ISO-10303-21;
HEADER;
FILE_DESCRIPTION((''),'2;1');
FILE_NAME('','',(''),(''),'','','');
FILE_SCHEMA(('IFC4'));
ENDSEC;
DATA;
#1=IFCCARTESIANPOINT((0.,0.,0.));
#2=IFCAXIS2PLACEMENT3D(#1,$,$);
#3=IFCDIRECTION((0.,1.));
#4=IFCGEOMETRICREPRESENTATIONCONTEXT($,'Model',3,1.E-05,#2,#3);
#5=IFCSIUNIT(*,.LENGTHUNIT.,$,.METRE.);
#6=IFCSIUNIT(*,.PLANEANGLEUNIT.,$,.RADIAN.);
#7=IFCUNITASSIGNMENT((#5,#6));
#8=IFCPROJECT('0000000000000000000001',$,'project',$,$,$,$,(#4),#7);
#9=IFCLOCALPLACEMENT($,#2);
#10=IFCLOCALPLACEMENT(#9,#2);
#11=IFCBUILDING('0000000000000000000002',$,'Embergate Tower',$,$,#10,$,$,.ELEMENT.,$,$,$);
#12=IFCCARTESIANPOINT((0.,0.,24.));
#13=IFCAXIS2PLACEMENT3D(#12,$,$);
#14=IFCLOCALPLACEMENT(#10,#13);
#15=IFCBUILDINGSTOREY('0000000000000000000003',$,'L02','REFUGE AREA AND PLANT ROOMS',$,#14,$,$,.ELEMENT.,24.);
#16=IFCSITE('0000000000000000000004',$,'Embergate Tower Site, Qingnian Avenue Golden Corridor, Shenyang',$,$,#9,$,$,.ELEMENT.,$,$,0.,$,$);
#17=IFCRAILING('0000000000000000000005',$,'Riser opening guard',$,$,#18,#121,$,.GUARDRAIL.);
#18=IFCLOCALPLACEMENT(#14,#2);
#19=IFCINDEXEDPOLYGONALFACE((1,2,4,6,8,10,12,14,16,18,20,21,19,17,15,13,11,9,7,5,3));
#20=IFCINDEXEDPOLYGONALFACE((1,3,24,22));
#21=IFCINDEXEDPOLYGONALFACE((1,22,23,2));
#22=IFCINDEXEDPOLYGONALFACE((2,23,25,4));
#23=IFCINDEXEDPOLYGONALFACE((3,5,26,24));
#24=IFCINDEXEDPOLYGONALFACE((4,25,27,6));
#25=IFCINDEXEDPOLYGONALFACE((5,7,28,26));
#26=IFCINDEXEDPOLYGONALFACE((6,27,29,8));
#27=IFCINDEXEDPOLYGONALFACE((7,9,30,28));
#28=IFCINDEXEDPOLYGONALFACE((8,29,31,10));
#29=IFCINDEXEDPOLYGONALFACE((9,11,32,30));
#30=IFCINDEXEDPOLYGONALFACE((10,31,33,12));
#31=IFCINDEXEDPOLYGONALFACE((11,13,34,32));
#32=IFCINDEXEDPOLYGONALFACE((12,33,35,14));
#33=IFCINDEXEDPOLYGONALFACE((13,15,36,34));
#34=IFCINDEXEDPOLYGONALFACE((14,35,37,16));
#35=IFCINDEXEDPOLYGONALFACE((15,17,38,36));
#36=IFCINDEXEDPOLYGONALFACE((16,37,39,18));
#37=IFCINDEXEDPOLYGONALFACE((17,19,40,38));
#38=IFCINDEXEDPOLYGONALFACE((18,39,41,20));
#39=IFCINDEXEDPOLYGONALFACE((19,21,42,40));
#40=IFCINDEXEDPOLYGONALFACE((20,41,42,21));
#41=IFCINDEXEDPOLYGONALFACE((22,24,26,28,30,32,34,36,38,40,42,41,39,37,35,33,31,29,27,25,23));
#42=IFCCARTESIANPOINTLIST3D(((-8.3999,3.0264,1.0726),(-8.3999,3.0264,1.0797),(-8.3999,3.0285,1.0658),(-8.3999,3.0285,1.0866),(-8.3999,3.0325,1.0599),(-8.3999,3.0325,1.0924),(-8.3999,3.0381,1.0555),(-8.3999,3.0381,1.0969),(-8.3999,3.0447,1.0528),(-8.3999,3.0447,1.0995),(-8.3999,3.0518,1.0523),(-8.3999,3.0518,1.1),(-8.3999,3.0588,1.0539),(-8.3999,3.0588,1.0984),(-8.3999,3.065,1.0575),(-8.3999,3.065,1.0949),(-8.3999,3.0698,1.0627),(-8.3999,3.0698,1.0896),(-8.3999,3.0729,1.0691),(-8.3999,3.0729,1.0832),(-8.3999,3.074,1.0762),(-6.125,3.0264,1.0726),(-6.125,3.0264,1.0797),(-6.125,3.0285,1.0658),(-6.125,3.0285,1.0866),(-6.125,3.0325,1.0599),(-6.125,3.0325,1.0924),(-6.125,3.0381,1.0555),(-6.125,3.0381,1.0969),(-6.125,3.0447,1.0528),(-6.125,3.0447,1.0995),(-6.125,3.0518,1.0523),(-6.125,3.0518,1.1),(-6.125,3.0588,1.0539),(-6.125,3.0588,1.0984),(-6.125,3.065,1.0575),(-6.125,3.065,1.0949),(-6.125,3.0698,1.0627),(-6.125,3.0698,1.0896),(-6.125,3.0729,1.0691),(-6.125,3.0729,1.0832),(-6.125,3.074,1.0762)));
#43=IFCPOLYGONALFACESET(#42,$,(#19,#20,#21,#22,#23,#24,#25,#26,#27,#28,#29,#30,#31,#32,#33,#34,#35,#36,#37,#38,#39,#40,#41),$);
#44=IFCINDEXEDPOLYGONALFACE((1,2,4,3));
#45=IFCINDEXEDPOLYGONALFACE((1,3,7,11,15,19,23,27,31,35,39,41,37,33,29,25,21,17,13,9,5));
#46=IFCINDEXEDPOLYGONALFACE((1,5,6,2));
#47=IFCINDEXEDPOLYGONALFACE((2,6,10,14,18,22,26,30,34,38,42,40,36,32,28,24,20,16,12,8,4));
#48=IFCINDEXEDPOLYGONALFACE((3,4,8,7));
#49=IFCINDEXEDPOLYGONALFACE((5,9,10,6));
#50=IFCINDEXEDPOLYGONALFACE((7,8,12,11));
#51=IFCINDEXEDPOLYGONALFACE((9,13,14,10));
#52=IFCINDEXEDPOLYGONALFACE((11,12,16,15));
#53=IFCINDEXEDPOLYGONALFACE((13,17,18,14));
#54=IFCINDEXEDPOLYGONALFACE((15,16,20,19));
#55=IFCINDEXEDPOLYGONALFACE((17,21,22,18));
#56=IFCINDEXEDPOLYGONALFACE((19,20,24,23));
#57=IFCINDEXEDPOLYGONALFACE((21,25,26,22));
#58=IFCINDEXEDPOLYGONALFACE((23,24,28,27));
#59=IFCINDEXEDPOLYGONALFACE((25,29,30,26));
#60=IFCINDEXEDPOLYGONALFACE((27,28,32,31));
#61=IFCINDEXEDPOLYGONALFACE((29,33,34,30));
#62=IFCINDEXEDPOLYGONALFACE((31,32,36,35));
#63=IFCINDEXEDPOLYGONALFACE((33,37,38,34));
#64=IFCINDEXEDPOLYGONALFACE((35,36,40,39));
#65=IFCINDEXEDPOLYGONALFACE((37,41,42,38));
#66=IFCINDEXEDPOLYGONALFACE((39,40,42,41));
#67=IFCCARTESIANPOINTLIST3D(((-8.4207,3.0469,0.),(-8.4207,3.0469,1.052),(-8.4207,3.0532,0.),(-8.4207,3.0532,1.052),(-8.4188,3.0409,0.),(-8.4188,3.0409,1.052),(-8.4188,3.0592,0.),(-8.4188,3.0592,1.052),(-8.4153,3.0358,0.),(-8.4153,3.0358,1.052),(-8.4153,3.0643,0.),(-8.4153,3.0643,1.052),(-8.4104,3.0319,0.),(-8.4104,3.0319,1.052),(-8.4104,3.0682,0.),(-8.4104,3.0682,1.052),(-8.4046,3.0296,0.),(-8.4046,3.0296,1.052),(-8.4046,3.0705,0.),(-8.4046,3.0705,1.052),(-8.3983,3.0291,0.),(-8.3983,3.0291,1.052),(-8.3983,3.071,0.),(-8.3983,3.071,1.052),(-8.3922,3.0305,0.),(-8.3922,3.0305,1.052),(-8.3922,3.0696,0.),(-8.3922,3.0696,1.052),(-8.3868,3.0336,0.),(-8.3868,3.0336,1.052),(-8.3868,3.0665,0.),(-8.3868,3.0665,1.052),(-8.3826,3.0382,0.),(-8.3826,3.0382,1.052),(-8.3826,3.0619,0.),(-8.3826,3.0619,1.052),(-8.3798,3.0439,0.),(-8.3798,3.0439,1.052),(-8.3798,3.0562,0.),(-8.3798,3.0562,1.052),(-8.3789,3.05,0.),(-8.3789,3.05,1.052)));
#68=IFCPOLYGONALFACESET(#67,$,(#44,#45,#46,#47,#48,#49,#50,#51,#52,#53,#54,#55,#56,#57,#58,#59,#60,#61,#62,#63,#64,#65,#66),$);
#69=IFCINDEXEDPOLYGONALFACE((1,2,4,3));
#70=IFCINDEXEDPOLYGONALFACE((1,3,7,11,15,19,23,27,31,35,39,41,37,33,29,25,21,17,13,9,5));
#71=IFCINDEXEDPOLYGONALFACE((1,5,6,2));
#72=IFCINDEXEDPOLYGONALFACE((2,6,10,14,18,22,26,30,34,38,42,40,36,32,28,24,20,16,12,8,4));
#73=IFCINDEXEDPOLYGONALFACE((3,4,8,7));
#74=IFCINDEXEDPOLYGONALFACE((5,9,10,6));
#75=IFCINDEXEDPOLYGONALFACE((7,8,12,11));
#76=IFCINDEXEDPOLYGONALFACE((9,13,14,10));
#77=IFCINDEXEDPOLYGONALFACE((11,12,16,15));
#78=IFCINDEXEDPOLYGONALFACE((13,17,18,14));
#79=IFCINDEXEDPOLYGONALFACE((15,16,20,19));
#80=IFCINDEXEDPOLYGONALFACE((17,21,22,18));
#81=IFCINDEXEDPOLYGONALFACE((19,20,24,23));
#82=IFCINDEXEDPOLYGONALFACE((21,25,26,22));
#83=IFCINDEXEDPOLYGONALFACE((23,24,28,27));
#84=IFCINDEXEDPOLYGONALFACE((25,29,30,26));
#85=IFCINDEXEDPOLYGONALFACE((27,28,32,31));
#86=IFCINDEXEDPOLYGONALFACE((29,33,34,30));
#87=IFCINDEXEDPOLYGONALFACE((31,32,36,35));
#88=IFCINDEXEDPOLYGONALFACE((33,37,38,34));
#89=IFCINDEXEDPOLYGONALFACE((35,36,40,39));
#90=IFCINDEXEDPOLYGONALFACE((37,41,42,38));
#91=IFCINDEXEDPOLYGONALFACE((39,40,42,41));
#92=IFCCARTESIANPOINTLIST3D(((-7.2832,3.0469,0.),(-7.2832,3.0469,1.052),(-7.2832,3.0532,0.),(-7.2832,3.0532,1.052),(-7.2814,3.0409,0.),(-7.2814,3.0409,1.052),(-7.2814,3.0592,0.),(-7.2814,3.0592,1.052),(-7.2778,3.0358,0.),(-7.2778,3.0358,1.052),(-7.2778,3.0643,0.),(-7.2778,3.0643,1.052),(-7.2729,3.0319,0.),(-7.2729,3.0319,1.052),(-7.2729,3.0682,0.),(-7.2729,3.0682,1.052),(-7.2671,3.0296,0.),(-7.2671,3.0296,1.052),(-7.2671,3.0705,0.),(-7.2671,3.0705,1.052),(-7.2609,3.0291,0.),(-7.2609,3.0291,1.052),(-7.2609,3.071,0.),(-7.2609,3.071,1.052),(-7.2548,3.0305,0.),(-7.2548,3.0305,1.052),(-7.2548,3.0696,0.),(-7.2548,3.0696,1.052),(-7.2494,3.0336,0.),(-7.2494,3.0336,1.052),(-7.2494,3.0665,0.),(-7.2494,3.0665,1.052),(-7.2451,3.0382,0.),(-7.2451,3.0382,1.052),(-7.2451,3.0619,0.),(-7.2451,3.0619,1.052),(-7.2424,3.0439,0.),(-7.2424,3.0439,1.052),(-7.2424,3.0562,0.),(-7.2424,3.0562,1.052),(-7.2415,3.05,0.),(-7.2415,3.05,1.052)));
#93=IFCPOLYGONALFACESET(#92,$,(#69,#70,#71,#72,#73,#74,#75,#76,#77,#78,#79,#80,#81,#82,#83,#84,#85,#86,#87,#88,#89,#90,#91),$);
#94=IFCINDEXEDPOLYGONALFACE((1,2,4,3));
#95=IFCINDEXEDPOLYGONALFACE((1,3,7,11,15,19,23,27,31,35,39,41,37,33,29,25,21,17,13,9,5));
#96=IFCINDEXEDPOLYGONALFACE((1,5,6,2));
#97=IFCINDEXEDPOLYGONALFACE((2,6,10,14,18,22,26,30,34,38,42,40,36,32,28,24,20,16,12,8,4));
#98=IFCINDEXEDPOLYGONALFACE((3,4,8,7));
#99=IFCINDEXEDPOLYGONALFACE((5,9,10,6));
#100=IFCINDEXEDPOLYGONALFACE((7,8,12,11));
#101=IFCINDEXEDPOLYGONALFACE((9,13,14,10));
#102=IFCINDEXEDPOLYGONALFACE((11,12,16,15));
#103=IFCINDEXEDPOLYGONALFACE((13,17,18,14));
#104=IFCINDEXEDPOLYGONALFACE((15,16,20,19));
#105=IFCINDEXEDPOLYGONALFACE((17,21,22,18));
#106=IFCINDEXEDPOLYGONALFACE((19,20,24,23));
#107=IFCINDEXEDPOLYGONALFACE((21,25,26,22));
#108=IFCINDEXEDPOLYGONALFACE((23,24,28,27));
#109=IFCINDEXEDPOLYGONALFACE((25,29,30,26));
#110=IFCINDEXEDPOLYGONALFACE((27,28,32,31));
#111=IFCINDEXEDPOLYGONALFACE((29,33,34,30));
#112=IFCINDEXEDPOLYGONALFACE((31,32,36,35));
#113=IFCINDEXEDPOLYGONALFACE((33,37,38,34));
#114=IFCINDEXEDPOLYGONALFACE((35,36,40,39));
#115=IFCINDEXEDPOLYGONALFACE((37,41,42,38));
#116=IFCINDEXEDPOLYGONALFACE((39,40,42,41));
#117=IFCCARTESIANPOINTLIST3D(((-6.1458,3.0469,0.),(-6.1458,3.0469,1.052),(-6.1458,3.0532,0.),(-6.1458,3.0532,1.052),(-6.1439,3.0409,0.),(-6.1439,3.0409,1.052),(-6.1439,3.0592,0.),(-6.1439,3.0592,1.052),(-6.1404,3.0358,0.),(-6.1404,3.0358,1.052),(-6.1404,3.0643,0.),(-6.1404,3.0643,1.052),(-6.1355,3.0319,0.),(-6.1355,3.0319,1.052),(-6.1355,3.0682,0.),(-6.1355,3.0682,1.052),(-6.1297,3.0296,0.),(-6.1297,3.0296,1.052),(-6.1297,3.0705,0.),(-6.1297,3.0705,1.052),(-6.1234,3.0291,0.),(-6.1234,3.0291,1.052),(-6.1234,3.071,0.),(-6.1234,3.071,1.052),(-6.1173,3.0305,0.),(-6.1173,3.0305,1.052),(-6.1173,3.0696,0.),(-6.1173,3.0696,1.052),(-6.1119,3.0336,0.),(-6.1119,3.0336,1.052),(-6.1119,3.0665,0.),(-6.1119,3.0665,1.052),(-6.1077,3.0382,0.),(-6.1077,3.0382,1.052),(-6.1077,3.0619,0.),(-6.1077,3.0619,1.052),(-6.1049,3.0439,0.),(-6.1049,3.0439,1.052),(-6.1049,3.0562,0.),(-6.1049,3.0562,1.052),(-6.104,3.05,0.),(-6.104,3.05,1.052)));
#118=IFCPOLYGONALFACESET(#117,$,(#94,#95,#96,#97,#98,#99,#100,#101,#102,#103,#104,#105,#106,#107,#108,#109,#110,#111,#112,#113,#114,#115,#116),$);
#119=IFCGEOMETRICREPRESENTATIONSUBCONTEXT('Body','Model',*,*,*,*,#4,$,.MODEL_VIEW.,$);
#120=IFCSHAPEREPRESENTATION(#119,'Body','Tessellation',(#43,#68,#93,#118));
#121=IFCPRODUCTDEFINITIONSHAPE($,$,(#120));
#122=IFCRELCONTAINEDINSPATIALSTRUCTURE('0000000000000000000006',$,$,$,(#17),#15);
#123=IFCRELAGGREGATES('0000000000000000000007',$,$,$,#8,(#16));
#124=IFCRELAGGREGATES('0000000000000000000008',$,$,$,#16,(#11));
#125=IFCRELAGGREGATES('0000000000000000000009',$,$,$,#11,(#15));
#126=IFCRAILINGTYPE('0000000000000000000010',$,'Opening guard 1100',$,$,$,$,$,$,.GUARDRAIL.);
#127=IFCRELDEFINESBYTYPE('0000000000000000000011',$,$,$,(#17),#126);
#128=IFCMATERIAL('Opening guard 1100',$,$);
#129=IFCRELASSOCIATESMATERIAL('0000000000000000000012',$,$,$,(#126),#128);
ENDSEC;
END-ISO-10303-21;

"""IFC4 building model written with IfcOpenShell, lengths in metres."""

from ifc_helpers import new_model, si_unit, direction, frame, origin, origin_2d, place, context, subcontext, project, spatial, circle, extrude, source, transform, mapped, material, type_object, element, save


model = new_model("IFC4")

# Units and contexts
model_context = context("Model", 3, precision=1e-05, world=origin(), true_north=direction((0.0, 1.0)))
body_context = subcontext(model_context, "Body", "Model", "MODEL_VIEW")
ifc_project = project(units=[si_unit("LENGTHUNIT", "METRE"), si_unit("PLANEANGLEUNIT", "RADIAN")], contexts=[model_context])

# Site, building, storey
site_placement = place(None, origin())
site = spatial("IfcSite", under=ifc_project, at=site_placement, Name="Embergate Tower Site, Qingnian Avenue Golden Corridor, Shenyang", CompositionType="ELEMENT", RefElevation=0.0)
building_placement = place(site_placement, origin())
building = spatial("IfcBuilding", under=site, at=building_placement, Name="Embergate Tower", CompositionType="ELEMENT")
storey_placement = place(building_placement, frame((0.0, 0.0, 24.0)))
storey = spatial("IfcBuildingStorey", under=building, at=storey_placement, Name="L02", Description="REFUGE AREA AND PLANT ROOMS", CompositionType="ELEMENT", Elevation=24.0)

# Railing
ifc_material_1 = material(Name="Opening guard 1100")
railing_type = type_object("IfcRailingType", Name="Opening guard 1100", PredefinedType="GUARDRAIL", material=ifc_material_1)
shared_shape_1 = source(origin(), body_context, "Body", "SweptSolid", [
    extrude(circle(Radius=0.0239, at=origin_2d()), frame((0.0, 0.0, 1.0762), z_axis=(1.0, 0.0, 0.0), x_axis=(0.0, 1.0, 0.0)), (0.0, 0.0, 1.0), 2.2749),
    extrude(circle(Radius=0.021, at=origin_2d()), origin(), (0.0, 0.0, 1.0), 1.052),
    extrude(circle(Radius=0.021, at=origin_2d()), frame((1.1375, 0.0, 0.0)), (0.0, 0.0, 1.0), 1.052),
    extrude(circle(Radius=0.021, at=origin_2d()), frame((2.2749, 0.0, 0.0)), (0.0, 0.0, 1.0), 1.052),
])
railing_placement = place(storey_placement, frame((-8.3999, 3.05, 0.0)))
element("IfcRailing", 1, at=railing_placement, inside=storey, type_object=railing_type, Name="Riser opening guard", PredefinedType="GUARDRAIL", context=body_context, shape_type="MappedRepresentation", body=[
    mapped(shared_shape_1, transform((0.0, 0.0, 0.0))),
])

save(model, "model.ifc")
